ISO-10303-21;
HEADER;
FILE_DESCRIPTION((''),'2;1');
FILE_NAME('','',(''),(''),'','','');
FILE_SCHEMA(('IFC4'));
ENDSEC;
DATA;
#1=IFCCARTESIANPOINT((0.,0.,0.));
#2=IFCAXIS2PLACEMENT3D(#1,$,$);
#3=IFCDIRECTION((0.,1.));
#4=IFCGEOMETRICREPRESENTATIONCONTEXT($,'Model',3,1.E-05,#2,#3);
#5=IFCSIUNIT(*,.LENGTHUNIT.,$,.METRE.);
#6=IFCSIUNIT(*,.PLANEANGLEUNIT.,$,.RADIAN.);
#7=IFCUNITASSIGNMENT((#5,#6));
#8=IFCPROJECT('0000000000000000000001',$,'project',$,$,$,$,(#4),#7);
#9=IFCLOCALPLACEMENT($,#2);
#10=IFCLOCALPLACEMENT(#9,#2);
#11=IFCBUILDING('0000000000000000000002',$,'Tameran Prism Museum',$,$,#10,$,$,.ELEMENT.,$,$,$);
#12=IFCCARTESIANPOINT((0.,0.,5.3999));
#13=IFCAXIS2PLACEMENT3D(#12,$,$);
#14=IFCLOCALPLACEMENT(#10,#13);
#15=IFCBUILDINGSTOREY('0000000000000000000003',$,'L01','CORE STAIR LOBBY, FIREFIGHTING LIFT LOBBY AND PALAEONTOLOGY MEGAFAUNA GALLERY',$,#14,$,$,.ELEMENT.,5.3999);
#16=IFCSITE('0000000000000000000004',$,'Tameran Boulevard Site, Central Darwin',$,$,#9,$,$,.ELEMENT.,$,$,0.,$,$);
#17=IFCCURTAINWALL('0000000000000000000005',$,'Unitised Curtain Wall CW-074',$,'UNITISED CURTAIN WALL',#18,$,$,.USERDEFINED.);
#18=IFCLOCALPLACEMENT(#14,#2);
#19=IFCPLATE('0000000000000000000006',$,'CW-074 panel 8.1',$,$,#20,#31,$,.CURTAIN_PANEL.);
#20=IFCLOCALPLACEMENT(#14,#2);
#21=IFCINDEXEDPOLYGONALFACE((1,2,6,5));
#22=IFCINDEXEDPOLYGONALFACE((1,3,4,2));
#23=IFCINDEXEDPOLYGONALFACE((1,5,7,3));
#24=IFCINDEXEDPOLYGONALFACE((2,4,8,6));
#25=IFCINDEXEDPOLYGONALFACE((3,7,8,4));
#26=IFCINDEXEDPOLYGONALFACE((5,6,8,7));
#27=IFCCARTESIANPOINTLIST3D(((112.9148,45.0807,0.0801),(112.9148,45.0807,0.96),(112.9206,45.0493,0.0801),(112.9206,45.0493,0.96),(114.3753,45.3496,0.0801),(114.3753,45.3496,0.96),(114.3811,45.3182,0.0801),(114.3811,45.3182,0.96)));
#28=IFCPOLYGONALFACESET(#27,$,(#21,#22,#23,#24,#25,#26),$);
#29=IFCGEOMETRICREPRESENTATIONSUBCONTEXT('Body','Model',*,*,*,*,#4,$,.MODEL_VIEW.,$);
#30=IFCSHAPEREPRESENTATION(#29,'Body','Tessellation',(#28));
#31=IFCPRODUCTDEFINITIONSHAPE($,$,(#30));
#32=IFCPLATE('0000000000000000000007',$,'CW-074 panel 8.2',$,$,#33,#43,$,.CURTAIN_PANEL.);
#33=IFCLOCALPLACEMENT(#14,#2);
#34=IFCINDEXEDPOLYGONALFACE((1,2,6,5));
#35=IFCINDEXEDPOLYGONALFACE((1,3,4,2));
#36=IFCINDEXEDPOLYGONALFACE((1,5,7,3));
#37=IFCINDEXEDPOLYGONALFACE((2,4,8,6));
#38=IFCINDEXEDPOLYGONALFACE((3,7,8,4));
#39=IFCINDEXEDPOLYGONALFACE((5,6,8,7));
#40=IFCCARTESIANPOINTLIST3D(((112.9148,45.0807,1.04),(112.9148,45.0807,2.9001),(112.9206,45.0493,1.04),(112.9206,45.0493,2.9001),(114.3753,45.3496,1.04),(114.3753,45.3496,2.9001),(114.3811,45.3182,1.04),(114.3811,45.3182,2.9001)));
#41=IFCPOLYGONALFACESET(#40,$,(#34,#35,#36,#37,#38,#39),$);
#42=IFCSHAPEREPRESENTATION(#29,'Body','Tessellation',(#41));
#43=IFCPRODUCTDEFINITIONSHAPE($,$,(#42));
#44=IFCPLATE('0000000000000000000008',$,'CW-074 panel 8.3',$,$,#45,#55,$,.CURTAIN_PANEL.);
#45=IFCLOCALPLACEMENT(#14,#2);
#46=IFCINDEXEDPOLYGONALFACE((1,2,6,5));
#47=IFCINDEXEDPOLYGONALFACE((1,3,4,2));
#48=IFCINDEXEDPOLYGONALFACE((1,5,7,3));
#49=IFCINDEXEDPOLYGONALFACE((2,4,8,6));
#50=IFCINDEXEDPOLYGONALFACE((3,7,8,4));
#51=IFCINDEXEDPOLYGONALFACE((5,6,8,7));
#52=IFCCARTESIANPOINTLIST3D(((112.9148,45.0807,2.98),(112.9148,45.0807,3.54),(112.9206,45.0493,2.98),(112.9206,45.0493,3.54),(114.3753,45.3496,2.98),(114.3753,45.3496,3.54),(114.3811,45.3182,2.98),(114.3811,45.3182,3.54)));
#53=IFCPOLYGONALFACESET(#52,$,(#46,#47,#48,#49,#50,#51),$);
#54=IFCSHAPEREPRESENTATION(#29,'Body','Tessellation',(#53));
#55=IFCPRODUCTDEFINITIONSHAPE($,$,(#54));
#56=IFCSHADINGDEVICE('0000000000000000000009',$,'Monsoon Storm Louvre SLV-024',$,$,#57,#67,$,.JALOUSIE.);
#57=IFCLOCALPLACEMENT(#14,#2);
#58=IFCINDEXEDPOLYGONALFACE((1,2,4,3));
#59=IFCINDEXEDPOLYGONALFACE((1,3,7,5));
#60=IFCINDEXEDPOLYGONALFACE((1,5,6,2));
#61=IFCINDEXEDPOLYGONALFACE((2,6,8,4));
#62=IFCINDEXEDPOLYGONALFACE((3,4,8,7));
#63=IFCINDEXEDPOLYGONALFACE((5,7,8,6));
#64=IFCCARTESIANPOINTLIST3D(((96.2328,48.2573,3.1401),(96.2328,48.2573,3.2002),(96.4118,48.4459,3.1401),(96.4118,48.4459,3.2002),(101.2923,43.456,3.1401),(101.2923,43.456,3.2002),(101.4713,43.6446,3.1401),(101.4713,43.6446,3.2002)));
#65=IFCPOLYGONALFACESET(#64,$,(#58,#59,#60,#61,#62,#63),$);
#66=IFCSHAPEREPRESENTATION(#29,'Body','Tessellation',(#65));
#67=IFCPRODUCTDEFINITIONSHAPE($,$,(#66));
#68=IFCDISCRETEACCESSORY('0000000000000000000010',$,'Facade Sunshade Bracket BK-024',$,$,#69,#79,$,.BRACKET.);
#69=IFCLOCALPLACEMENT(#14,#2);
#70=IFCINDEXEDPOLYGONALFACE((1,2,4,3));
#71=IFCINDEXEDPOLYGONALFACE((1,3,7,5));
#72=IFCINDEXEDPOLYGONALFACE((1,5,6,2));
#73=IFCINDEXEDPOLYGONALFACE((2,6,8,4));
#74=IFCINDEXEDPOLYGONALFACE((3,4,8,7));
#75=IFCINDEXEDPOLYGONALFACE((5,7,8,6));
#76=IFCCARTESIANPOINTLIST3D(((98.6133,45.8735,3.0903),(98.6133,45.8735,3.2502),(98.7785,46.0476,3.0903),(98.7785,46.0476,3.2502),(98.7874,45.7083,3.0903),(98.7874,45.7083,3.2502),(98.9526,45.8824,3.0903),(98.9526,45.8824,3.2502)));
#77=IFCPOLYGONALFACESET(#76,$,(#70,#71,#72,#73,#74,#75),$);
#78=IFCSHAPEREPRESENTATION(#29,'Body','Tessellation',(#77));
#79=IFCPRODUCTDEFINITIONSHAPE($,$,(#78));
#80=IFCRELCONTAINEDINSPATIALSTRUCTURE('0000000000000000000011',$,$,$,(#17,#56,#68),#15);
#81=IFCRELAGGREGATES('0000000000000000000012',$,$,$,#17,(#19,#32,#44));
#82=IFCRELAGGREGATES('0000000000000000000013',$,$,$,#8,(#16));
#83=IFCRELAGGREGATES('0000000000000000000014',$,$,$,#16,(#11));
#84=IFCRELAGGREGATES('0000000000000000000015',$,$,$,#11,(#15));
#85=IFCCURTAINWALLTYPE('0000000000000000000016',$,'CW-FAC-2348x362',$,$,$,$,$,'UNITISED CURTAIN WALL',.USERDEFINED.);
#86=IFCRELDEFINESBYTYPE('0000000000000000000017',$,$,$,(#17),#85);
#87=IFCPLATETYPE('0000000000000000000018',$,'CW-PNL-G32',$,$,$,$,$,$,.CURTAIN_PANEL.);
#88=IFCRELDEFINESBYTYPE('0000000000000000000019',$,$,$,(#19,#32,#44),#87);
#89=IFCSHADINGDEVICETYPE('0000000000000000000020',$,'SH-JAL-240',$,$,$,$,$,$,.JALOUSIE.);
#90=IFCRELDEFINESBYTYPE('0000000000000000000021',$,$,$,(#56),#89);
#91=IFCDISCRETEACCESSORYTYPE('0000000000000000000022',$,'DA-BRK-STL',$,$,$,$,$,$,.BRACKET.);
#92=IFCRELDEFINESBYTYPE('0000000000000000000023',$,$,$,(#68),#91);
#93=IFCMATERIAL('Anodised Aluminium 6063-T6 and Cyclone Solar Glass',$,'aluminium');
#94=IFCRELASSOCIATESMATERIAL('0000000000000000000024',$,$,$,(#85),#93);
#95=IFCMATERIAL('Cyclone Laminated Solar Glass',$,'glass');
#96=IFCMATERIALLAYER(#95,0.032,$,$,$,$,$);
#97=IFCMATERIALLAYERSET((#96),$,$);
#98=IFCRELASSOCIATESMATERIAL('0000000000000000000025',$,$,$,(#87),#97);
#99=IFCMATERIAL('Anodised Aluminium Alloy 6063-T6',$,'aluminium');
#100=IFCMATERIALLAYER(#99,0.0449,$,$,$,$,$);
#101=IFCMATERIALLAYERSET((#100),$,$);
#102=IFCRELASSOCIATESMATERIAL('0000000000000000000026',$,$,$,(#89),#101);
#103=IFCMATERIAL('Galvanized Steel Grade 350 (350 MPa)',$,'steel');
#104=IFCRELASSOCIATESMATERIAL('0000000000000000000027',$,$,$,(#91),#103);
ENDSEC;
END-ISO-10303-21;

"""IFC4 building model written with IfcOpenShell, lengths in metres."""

from ifc_helpers import new_model, si_unit, direction, frame, origin, origin_2d, place, context, subcontext, project, spatial, rectangle, extrude, material, layer, layer_set, type_object, element, aggregate, save


model = new_model("IFC4")

# Units and contexts
model_context = context("Model", 3, precision=1e-05, world=origin(), true_north=direction((0.0, 1.0)))
body_context = subcontext(model_context, "Body", "Model", "MODEL_VIEW")
ifc_project = project(units=[si_unit("LENGTHUNIT", "METRE"), si_unit("PLANEANGLEUNIT", "RADIAN")], contexts=[model_context])

# Site, building, storey
site_placement = place(None, origin())
site = spatial("IfcSite", under=ifc_project, at=site_placement, Name="Tameran Boulevard Site, Central Darwin", CompositionType="ELEMENT", RefElevation=0.0)
building_placement = place(site_placement, origin())
building = spatial("IfcBuilding", under=site, at=building_placement, Name="Tameran Prism Museum", CompositionType="ELEMENT")
storey_placement = place(building_placement, frame((0.0, 0.0, 5.3999)))
storey = spatial("IfcBuildingStorey", under=building, at=storey_placement, Name="L01", Description="CORE STAIR LOBBY, FIREFIGHTING LIFT LOBBY AND PALAEONTOLOGY MEGAFAUNA GALLERY", CompositionType="ELEMENT", Elevation=5.3999)

# Curtain wall
ifc_material_1 = material(Name="Anodised Aluminium 6063-T6 and Cyclone Solar Glass", Category="aluminium")
curtain_wall_type_1 = type_object("IfcCurtainWallType", Name="CW-FAC-2348x362", ElementType="UNITISED CURTAIN WALL", PredefinedType="USERDEFINED", material=ifc_material_1)
curtain_wall_1_placement = place(storey_placement, origin())
curtain_wall_1 = element("IfcCurtainWall", 1, at=curtain_wall_1_placement, inside=storey, type_object=curtain_wall_type_1, Name="Unitised Curtain Wall CW-074", ObjectType="UNITISED CURTAIN WALL", PredefinedType="USERDEFINED")

# Plates
ifc_material_2 = material(Name="Cyclone Laminated Solar Glass", Category="glass")
ifc_layer_1 = layer(ifc_material_2, 0.032)
ifc_layer_set_1 = layer_set([ifc_layer_1])
plate_type = type_object("IfcPlateType", Name="CW-PNL-G32", PredefinedType="CURTAIN_PANEL", material=ifc_layer_set_1)
plate_1_placement = place(storey_placement, frame((113.6479, 45.1995, 0.0801), z_axis=(0.0, 0.0, 1.0), x_axis=(0.983472, 0.181063, 0.0)))
plate_1 = element("IfcPlate", 2, at=plate_1_placement, type_object=plate_type, Name="CW-074 panel 8.1", PredefinedType="CURTAIN_PANEL", context=body_context, shape_type="SweptSolid", body=[
    extrude(rectangle(XDim=1.4851, YDim=0.032, at=origin_2d()), origin(), (0.0, 0.0, 1.0), 0.8799),
])
plate_2_placement = place(storey_placement, frame((113.6479, 45.1995, 1.04), z_axis=(0.0, 0.0, 1.0), x_axis=(0.983472, 0.181063, 0.0)))
plate_2 = element("IfcPlate", 3, at=plate_2_placement, type_object=plate_type, Name="CW-074 panel 8.2", PredefinedType="CURTAIN_PANEL", context=body_context, shape_type="SweptSolid", body=[
    extrude(rectangle(XDim=1.4851, YDim=0.032, at=origin_2d()), origin(), (0.0, 0.0, 1.0), 1.8601),
])
plate_3_placement = place(storey_placement, frame((113.6479, 45.1995, 2.98), z_axis=(0.0, 0.0, 1.0), x_axis=(0.983472, 0.181063, 0.0)))
plate_3 = element("IfcPlate", 4, at=plate_3_placement, type_object=plate_type, Name="CW-074 panel 8.3", PredefinedType="CURTAIN_PANEL", context=body_context, shape_type="SweptSolid", body=[
    extrude(rectangle(XDim=1.4851, YDim=0.032, at=origin_2d()), origin(), (0.0, 0.0, 1.0), 0.5601),
])
aggregate(curtain_wall_1, [plate_1, plate_2, plate_3])

# Shading device
ifc_material_3 = material(Name="Anodised Aluminium Alloy 6063-T6", Category="aluminium")
ifc_layer_2 = layer(ifc_material_3, 0.0449)
ifc_layer_set_2 = layer_set([ifc_layer_2])
shading_device_type = type_object("IfcShadingDeviceType", Name="SH-JAL-240", PredefinedType="JALOUSIE", material=ifc_layer_set_2)
shading_device_placement = place(storey_placement, frame((98.8521, 45.9509, 3.1401), z_axis=(0.0, 0.0, 1.0), x_axis=(0.725374, -0.688355, 0.0)))
element("IfcShadingDevice", 5, at=shading_device_placement, inside=storey, type_object=shading_device_type, Name="Monsoon Storm Louvre SLV-024", PredefinedType="JALOUSIE", context=body_context, shape_type="SweptSolid", body=[
    extrude(rectangle(XDim=6.9751, YDim=0.26, at=origin_2d()), origin(), (0.0, 0.0, 1.0), 0.0601),
])

# Discrete accessory
ifc_material_4 = material(Name="Galvanized Steel Grade 350 (350 MPa)", Category="steel")
discrete_accessory_type = type_object("IfcDiscreteAccessoryType", Name="DA-BRK-STL", PredefinedType="BRACKET", material=ifc_material_4)
discrete_accessory_placement = place(storey_placement, frame((98.783, 45.8779, 3.0903), z_axis=(0.0, 0.0, 1.0), x_axis=(0.725374, -0.688355, 0.0)))
element("IfcDiscreteAccessory", 6, at=discrete_accessory_placement, inside=storey, type_object=discrete_accessory_type, Name="Facade Sunshade Bracket BK-024", PredefinedType="BRACKET", context=body_context, shape_type="SweptSolid", body=[
    extrude(rectangle(XDim=0.24, YDim=0.24, at=origin_2d()), origin(), (0.0, 0.0, 1.0), 0.1599),
])

save(model, "model.ifc")
